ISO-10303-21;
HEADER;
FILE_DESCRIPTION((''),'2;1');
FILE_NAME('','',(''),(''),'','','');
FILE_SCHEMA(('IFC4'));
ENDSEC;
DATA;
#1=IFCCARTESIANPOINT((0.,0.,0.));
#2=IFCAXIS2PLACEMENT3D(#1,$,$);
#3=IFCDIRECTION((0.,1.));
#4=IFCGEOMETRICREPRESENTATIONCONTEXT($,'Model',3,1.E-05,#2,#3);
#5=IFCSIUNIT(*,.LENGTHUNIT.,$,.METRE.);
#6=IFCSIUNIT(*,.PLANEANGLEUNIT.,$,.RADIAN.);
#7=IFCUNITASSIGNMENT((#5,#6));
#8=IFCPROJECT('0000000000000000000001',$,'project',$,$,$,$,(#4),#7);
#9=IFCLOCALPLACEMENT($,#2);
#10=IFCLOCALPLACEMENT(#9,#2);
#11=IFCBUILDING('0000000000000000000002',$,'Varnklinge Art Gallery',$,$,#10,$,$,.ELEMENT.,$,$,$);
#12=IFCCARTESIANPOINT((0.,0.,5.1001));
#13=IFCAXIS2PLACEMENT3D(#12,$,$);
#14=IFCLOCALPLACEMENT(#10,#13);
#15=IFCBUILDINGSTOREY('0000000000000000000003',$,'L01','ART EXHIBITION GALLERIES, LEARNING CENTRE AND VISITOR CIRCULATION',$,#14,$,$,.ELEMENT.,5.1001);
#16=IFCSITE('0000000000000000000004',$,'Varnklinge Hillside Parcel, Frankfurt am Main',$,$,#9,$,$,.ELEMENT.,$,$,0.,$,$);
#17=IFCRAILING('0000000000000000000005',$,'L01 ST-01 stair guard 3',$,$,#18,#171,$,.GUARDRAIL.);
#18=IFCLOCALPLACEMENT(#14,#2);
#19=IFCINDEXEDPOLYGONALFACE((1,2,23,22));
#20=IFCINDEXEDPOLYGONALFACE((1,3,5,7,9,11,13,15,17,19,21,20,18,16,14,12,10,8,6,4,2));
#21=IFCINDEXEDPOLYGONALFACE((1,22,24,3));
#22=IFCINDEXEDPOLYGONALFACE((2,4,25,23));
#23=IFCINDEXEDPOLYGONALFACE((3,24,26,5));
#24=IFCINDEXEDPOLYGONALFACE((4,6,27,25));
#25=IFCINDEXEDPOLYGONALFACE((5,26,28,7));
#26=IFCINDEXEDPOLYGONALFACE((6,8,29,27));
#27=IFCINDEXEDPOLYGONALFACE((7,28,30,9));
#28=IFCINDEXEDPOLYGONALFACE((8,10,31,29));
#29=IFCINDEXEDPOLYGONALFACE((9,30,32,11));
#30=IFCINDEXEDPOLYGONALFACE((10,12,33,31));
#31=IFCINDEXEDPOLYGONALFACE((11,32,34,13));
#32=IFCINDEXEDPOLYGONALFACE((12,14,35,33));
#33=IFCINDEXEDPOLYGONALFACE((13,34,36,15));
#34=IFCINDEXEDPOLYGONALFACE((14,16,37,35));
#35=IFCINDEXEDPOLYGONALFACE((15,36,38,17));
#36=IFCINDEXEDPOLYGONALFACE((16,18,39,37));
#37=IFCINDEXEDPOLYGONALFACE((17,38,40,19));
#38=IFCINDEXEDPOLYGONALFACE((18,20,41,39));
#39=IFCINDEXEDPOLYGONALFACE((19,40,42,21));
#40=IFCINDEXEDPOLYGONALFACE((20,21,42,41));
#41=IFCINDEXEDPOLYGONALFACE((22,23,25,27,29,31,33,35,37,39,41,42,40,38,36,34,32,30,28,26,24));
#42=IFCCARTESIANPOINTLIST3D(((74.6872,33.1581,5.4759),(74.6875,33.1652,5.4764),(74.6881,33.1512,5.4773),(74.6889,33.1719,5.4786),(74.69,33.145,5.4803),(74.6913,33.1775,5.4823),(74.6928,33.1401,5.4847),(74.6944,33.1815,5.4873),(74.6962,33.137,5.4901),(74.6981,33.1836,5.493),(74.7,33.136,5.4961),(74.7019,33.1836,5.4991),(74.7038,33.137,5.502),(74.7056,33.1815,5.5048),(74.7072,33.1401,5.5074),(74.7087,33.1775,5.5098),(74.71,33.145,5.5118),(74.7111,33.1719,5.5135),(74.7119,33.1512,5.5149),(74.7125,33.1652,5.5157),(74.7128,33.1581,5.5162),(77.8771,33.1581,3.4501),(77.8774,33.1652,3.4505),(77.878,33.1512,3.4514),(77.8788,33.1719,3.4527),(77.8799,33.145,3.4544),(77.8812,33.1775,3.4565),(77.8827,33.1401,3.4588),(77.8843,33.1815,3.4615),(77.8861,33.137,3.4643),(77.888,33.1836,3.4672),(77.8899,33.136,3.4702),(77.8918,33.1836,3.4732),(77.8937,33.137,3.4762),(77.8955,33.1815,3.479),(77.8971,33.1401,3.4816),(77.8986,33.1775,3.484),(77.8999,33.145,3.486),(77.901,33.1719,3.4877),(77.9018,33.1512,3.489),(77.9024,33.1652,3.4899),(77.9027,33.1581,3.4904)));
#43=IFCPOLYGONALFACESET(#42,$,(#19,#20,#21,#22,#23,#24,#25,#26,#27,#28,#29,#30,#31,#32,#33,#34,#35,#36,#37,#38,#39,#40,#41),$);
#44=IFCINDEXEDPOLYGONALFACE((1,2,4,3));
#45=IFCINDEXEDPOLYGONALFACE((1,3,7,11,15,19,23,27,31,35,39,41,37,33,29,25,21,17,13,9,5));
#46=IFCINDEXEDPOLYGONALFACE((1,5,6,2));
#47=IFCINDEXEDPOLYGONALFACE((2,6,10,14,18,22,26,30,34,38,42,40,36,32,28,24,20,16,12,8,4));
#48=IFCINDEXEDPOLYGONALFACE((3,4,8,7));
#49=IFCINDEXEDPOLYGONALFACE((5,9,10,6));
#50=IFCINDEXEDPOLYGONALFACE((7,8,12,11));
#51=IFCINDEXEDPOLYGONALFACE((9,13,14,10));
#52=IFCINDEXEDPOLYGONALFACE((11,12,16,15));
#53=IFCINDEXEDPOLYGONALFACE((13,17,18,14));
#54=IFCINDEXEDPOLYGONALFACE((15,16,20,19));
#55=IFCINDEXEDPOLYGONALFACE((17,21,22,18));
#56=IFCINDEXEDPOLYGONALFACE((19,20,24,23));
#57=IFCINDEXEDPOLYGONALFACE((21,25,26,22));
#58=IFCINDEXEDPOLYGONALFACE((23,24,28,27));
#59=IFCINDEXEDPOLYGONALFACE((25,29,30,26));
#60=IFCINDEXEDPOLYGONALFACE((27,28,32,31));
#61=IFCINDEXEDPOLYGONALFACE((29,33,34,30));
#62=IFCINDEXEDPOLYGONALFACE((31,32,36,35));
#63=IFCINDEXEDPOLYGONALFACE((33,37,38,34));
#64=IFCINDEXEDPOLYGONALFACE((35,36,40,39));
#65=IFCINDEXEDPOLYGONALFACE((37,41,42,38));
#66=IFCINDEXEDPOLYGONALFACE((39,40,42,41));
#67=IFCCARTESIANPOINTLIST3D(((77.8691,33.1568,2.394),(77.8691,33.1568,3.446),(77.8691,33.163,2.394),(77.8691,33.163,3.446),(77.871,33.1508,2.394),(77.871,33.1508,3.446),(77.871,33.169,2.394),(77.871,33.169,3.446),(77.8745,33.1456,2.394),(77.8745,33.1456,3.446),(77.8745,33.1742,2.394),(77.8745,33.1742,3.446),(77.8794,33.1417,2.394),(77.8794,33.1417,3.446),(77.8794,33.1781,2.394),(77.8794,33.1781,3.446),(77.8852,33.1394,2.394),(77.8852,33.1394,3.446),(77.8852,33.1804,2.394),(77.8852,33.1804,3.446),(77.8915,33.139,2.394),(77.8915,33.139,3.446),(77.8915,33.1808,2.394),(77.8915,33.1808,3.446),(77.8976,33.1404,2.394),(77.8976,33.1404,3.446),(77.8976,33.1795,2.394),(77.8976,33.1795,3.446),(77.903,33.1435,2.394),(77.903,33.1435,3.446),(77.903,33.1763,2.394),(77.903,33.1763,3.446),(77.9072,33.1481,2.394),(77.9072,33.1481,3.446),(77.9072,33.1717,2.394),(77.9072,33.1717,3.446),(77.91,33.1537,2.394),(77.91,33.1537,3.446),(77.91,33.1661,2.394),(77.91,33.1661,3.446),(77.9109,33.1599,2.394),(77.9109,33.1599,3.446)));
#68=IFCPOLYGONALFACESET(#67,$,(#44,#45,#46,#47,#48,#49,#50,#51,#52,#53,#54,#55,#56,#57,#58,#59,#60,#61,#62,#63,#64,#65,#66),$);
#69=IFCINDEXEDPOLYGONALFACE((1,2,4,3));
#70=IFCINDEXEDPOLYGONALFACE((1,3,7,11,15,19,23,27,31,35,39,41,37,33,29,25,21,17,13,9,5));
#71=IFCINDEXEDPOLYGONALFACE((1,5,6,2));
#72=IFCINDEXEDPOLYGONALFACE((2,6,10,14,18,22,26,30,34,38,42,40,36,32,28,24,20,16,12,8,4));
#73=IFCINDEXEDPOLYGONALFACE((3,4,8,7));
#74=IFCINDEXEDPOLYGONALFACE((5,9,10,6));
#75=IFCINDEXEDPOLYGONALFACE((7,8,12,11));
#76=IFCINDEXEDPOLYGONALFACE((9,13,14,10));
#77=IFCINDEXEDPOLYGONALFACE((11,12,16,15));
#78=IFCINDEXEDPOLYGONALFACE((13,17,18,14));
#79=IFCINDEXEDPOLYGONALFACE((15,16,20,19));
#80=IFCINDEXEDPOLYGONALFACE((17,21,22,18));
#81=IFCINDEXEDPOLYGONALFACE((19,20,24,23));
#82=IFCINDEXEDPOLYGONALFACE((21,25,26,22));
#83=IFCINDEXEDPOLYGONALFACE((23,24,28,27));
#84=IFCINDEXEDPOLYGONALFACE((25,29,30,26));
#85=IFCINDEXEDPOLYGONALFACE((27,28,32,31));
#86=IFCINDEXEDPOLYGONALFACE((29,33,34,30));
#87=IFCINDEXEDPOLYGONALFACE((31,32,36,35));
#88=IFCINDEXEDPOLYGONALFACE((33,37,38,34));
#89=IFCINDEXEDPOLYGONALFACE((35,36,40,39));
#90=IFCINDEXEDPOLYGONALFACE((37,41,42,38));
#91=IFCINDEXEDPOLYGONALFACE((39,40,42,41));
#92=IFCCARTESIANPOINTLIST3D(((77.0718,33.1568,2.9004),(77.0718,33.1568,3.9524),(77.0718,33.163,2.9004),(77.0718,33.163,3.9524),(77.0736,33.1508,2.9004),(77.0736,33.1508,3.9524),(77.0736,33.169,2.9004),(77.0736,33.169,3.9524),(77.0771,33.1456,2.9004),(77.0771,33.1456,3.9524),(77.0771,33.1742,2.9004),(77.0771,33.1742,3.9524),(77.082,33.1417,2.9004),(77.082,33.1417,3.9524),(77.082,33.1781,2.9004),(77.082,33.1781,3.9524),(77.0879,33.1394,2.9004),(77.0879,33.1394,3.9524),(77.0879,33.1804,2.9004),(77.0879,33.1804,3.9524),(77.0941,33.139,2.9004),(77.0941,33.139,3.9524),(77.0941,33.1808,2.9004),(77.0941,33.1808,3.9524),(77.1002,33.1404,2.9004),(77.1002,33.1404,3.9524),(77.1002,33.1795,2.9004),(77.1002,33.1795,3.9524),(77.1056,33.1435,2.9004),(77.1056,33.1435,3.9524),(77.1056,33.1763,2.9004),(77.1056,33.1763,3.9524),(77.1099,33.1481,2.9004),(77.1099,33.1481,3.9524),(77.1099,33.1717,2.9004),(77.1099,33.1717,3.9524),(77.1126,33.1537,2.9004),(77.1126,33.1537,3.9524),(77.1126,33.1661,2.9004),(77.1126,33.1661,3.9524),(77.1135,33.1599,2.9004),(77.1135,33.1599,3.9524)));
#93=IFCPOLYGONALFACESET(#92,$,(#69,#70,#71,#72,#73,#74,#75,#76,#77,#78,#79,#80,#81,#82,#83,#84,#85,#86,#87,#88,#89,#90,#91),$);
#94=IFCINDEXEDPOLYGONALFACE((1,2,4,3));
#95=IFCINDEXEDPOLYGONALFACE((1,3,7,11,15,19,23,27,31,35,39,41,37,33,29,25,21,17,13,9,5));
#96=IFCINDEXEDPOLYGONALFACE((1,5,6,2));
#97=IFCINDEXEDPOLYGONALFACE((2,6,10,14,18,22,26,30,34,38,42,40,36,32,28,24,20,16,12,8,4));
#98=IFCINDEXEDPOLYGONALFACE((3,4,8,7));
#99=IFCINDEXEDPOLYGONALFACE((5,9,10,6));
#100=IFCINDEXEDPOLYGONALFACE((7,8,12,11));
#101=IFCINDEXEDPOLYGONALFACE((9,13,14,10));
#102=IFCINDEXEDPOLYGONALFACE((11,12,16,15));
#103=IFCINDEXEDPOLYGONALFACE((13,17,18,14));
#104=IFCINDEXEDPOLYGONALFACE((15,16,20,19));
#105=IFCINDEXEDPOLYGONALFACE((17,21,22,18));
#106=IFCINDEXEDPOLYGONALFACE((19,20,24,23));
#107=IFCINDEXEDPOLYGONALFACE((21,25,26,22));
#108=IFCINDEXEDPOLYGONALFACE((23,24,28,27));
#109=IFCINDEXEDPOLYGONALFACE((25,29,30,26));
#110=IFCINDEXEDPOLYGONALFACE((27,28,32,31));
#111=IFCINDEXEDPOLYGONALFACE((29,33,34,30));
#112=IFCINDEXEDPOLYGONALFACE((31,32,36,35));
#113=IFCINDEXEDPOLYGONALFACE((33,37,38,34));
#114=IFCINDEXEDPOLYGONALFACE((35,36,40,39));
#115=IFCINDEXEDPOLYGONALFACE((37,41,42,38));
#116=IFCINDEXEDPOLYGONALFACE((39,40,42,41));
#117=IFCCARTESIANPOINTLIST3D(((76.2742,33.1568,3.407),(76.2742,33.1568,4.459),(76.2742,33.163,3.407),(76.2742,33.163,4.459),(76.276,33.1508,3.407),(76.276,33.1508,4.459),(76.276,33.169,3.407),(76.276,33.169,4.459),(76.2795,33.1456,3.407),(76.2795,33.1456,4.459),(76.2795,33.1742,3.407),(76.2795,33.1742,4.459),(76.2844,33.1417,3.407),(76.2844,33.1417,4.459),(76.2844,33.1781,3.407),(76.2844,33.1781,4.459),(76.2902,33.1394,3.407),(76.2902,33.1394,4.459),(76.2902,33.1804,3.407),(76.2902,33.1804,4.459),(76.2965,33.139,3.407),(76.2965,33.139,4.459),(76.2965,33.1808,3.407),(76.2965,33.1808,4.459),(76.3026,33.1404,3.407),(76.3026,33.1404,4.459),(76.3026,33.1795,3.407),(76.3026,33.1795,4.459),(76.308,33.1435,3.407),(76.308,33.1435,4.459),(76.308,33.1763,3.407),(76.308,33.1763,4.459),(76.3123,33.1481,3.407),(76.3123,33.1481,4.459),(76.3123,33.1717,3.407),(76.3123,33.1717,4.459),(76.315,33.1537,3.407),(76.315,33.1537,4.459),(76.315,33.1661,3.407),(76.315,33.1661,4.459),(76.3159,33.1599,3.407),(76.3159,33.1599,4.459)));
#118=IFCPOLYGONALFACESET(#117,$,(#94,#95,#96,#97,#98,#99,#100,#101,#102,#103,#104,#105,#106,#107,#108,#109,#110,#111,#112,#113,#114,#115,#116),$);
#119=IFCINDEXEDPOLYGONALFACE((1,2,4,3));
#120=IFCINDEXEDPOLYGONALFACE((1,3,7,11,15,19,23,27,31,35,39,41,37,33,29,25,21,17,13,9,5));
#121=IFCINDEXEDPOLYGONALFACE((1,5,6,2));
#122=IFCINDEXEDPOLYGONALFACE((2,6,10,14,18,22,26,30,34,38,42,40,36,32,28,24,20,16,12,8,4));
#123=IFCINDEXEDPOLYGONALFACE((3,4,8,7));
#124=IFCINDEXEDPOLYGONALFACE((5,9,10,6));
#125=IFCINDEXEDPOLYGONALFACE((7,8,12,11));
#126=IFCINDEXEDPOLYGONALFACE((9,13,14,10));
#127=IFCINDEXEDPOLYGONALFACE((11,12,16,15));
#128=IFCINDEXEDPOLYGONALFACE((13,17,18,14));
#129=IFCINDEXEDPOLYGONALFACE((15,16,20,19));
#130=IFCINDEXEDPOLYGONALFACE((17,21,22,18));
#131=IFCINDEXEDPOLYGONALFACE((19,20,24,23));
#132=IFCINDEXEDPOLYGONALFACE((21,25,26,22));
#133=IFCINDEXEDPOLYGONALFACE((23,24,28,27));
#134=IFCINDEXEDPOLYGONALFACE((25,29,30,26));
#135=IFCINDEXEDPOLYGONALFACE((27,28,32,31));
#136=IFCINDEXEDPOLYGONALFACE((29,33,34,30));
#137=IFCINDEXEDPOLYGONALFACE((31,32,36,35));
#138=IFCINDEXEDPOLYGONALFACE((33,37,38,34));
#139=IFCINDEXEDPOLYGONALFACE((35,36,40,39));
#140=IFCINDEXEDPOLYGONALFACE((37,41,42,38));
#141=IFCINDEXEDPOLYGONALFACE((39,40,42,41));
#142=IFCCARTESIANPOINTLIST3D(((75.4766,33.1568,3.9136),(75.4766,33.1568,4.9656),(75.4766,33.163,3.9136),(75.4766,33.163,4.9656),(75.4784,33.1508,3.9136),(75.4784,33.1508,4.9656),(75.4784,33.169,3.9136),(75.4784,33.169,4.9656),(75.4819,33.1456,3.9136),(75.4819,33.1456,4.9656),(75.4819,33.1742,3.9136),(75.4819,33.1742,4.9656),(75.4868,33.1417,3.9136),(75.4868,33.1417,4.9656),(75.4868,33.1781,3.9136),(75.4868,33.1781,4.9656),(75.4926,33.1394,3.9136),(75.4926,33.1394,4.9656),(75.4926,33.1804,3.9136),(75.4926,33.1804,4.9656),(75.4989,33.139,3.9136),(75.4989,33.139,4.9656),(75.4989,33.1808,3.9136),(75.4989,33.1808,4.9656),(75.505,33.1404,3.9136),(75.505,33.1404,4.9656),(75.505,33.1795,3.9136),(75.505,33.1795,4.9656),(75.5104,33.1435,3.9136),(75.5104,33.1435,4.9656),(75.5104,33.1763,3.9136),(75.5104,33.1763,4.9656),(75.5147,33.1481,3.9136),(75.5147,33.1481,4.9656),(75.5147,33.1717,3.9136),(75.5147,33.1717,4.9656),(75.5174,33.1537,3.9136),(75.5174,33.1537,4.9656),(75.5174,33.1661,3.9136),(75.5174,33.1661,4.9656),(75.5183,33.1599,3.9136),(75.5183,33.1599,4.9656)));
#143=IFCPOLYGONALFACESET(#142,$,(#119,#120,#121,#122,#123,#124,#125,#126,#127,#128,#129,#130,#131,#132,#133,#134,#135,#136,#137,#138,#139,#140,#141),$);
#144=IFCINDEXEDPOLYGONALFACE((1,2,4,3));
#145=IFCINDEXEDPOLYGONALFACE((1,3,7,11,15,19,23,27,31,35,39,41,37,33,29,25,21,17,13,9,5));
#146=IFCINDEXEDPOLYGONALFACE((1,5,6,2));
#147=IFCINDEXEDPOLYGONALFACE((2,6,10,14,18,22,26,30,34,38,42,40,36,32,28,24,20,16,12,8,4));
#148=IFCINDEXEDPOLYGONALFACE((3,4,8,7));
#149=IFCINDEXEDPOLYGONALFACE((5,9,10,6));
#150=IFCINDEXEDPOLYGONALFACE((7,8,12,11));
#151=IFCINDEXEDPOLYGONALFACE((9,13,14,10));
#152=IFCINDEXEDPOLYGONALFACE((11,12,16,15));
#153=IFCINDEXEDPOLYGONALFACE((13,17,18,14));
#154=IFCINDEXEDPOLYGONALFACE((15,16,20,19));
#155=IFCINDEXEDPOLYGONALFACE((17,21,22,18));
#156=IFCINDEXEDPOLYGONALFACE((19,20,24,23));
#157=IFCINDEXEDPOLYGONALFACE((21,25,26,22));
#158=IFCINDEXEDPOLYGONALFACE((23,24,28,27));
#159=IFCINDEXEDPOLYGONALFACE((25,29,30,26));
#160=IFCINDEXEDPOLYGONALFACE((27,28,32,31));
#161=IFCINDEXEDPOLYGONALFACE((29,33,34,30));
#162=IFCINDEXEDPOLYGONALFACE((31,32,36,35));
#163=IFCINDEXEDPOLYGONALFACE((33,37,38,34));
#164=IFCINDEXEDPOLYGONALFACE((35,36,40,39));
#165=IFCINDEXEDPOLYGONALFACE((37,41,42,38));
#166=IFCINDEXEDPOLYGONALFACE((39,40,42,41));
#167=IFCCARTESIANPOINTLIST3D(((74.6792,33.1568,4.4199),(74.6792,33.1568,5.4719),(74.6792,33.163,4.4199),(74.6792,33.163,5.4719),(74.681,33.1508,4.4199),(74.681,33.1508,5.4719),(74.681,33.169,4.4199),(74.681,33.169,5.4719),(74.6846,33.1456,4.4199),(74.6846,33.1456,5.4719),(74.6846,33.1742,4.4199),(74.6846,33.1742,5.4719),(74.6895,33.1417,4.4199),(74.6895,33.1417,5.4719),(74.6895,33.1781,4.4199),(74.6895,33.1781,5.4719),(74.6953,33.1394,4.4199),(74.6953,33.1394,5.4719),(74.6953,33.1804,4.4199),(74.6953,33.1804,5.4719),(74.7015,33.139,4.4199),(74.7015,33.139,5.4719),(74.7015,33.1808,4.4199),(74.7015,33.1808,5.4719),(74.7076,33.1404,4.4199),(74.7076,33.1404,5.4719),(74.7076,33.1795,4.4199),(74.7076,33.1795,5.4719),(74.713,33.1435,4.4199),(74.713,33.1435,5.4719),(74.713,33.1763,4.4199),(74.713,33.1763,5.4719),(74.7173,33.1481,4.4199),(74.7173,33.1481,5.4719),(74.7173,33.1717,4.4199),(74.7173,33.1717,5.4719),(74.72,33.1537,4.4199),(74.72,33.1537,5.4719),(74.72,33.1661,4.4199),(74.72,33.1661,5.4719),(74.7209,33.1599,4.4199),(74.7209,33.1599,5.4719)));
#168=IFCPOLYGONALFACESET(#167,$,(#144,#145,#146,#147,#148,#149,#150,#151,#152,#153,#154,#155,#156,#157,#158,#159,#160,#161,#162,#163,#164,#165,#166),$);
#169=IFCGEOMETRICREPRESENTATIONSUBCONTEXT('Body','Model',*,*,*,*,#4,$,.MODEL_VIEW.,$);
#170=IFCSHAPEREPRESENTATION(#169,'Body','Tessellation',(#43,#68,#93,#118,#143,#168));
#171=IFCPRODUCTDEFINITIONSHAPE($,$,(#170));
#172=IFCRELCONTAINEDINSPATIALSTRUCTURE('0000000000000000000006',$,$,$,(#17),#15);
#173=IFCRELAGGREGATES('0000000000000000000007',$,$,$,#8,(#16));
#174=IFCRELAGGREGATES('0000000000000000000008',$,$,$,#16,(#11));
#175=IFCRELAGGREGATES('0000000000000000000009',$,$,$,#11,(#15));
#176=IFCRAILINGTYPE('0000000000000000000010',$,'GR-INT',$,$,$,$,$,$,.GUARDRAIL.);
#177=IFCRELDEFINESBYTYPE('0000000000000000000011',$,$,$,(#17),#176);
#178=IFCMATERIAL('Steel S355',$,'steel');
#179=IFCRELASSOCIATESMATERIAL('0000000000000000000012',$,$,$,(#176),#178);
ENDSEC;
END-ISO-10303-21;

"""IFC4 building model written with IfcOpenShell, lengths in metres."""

from ifc_helpers import new_model, si_unit, direction, frame, origin, origin_2d, place, context, subcontext, project, spatial, circle, extrude, material, type_object, element, save


model = new_model("IFC4")

# Units and contexts
model_context = context("Model", 3, precision=1e-05, world=origin(), true_north=direction((0.0, 1.0)))
body_context = subcontext(model_context, "Body", "Model", "MODEL_VIEW")
ifc_project = project(units=[si_unit("LENGTHUNIT", "METRE"), si_unit("PLANEANGLEUNIT", "RADIAN")], contexts=[model_context])

# Site, building, storey
site_placement = place(None, origin())
site = spatial("IfcSite", under=ifc_project, at=site_placement, Name="Varnklinge Hillside Parcel, Frankfurt am Main", CompositionType="ELEMENT", RefElevation=0.0)
building_placement = place(site_placement, origin())
building = spatial("IfcBuilding", under=site, at=building_placement, Name="Varnklinge Art Gallery", CompositionType="ELEMENT")
storey_placement = place(building_placement, frame((0.0, 0.0, 5.1001)))
storey = spatial("IfcBuildingStorey", under=building, at=storey_placement, Name="L01", Description="ART EXHIBITION GALLERIES, LEARNING CENTRE AND VISITOR CIRCULATION", CompositionType="ELEMENT", Elevation=5.1001)

# Railing
ifc_material_1 = material(Name="Steel S355", Category="steel")
railing_type_1 = type_object("IfcRailingType", Name="GR-INT", PredefinedType="GUARDRAIL", material=ifc_material_1)
railing_1_placement = place(storey_placement, frame((77.8899, 33.1599, 2.394)))
element("IfcRailing", 1, at=railing_1_placement, inside=storey, type_object=railing_type_1, Name="L01 ST-01 stair guard 3", PredefinedType="GUARDRAIL", context=body_context, shape_type="SweptSolid", body=[
    extrude(circle(Radius=0.0239, at=origin_2d()), frame((0.0, 0.0, 1.0762), z_axis=(-0.844151, 0.0, 0.536106), x_axis=(0.0, -1.0, 0.0)), (0.0, 0.0, 1.0), 3.7788),
    extrude(circle(Radius=0.021, at=origin_2d()), origin(), (0.0, 0.0, 1.0), 1.052),
    extrude(circle(Radius=0.021, at=origin_2d()), frame((-0.7974, 0.0, 0.5063)), (0.0, 0.0, 1.0), 1.052),
    extrude(circle(Radius=0.021, at=origin_2d()), frame((-1.595, 0.0, 1.0129)), (0.0, 0.0, 1.0), 1.052),
    extrude(circle(Radius=0.021, at=origin_2d()), frame((-2.3926, 0.0, 1.5195)), (0.0, 0.0, 1.0), 1.052),
    extrude(circle(Radius=0.021, at=origin_2d()), frame((-3.1899, 0.0, 2.0259)), (0.0, 0.0, 1.0), 1.052),
])

save(model, "model.ifc")
